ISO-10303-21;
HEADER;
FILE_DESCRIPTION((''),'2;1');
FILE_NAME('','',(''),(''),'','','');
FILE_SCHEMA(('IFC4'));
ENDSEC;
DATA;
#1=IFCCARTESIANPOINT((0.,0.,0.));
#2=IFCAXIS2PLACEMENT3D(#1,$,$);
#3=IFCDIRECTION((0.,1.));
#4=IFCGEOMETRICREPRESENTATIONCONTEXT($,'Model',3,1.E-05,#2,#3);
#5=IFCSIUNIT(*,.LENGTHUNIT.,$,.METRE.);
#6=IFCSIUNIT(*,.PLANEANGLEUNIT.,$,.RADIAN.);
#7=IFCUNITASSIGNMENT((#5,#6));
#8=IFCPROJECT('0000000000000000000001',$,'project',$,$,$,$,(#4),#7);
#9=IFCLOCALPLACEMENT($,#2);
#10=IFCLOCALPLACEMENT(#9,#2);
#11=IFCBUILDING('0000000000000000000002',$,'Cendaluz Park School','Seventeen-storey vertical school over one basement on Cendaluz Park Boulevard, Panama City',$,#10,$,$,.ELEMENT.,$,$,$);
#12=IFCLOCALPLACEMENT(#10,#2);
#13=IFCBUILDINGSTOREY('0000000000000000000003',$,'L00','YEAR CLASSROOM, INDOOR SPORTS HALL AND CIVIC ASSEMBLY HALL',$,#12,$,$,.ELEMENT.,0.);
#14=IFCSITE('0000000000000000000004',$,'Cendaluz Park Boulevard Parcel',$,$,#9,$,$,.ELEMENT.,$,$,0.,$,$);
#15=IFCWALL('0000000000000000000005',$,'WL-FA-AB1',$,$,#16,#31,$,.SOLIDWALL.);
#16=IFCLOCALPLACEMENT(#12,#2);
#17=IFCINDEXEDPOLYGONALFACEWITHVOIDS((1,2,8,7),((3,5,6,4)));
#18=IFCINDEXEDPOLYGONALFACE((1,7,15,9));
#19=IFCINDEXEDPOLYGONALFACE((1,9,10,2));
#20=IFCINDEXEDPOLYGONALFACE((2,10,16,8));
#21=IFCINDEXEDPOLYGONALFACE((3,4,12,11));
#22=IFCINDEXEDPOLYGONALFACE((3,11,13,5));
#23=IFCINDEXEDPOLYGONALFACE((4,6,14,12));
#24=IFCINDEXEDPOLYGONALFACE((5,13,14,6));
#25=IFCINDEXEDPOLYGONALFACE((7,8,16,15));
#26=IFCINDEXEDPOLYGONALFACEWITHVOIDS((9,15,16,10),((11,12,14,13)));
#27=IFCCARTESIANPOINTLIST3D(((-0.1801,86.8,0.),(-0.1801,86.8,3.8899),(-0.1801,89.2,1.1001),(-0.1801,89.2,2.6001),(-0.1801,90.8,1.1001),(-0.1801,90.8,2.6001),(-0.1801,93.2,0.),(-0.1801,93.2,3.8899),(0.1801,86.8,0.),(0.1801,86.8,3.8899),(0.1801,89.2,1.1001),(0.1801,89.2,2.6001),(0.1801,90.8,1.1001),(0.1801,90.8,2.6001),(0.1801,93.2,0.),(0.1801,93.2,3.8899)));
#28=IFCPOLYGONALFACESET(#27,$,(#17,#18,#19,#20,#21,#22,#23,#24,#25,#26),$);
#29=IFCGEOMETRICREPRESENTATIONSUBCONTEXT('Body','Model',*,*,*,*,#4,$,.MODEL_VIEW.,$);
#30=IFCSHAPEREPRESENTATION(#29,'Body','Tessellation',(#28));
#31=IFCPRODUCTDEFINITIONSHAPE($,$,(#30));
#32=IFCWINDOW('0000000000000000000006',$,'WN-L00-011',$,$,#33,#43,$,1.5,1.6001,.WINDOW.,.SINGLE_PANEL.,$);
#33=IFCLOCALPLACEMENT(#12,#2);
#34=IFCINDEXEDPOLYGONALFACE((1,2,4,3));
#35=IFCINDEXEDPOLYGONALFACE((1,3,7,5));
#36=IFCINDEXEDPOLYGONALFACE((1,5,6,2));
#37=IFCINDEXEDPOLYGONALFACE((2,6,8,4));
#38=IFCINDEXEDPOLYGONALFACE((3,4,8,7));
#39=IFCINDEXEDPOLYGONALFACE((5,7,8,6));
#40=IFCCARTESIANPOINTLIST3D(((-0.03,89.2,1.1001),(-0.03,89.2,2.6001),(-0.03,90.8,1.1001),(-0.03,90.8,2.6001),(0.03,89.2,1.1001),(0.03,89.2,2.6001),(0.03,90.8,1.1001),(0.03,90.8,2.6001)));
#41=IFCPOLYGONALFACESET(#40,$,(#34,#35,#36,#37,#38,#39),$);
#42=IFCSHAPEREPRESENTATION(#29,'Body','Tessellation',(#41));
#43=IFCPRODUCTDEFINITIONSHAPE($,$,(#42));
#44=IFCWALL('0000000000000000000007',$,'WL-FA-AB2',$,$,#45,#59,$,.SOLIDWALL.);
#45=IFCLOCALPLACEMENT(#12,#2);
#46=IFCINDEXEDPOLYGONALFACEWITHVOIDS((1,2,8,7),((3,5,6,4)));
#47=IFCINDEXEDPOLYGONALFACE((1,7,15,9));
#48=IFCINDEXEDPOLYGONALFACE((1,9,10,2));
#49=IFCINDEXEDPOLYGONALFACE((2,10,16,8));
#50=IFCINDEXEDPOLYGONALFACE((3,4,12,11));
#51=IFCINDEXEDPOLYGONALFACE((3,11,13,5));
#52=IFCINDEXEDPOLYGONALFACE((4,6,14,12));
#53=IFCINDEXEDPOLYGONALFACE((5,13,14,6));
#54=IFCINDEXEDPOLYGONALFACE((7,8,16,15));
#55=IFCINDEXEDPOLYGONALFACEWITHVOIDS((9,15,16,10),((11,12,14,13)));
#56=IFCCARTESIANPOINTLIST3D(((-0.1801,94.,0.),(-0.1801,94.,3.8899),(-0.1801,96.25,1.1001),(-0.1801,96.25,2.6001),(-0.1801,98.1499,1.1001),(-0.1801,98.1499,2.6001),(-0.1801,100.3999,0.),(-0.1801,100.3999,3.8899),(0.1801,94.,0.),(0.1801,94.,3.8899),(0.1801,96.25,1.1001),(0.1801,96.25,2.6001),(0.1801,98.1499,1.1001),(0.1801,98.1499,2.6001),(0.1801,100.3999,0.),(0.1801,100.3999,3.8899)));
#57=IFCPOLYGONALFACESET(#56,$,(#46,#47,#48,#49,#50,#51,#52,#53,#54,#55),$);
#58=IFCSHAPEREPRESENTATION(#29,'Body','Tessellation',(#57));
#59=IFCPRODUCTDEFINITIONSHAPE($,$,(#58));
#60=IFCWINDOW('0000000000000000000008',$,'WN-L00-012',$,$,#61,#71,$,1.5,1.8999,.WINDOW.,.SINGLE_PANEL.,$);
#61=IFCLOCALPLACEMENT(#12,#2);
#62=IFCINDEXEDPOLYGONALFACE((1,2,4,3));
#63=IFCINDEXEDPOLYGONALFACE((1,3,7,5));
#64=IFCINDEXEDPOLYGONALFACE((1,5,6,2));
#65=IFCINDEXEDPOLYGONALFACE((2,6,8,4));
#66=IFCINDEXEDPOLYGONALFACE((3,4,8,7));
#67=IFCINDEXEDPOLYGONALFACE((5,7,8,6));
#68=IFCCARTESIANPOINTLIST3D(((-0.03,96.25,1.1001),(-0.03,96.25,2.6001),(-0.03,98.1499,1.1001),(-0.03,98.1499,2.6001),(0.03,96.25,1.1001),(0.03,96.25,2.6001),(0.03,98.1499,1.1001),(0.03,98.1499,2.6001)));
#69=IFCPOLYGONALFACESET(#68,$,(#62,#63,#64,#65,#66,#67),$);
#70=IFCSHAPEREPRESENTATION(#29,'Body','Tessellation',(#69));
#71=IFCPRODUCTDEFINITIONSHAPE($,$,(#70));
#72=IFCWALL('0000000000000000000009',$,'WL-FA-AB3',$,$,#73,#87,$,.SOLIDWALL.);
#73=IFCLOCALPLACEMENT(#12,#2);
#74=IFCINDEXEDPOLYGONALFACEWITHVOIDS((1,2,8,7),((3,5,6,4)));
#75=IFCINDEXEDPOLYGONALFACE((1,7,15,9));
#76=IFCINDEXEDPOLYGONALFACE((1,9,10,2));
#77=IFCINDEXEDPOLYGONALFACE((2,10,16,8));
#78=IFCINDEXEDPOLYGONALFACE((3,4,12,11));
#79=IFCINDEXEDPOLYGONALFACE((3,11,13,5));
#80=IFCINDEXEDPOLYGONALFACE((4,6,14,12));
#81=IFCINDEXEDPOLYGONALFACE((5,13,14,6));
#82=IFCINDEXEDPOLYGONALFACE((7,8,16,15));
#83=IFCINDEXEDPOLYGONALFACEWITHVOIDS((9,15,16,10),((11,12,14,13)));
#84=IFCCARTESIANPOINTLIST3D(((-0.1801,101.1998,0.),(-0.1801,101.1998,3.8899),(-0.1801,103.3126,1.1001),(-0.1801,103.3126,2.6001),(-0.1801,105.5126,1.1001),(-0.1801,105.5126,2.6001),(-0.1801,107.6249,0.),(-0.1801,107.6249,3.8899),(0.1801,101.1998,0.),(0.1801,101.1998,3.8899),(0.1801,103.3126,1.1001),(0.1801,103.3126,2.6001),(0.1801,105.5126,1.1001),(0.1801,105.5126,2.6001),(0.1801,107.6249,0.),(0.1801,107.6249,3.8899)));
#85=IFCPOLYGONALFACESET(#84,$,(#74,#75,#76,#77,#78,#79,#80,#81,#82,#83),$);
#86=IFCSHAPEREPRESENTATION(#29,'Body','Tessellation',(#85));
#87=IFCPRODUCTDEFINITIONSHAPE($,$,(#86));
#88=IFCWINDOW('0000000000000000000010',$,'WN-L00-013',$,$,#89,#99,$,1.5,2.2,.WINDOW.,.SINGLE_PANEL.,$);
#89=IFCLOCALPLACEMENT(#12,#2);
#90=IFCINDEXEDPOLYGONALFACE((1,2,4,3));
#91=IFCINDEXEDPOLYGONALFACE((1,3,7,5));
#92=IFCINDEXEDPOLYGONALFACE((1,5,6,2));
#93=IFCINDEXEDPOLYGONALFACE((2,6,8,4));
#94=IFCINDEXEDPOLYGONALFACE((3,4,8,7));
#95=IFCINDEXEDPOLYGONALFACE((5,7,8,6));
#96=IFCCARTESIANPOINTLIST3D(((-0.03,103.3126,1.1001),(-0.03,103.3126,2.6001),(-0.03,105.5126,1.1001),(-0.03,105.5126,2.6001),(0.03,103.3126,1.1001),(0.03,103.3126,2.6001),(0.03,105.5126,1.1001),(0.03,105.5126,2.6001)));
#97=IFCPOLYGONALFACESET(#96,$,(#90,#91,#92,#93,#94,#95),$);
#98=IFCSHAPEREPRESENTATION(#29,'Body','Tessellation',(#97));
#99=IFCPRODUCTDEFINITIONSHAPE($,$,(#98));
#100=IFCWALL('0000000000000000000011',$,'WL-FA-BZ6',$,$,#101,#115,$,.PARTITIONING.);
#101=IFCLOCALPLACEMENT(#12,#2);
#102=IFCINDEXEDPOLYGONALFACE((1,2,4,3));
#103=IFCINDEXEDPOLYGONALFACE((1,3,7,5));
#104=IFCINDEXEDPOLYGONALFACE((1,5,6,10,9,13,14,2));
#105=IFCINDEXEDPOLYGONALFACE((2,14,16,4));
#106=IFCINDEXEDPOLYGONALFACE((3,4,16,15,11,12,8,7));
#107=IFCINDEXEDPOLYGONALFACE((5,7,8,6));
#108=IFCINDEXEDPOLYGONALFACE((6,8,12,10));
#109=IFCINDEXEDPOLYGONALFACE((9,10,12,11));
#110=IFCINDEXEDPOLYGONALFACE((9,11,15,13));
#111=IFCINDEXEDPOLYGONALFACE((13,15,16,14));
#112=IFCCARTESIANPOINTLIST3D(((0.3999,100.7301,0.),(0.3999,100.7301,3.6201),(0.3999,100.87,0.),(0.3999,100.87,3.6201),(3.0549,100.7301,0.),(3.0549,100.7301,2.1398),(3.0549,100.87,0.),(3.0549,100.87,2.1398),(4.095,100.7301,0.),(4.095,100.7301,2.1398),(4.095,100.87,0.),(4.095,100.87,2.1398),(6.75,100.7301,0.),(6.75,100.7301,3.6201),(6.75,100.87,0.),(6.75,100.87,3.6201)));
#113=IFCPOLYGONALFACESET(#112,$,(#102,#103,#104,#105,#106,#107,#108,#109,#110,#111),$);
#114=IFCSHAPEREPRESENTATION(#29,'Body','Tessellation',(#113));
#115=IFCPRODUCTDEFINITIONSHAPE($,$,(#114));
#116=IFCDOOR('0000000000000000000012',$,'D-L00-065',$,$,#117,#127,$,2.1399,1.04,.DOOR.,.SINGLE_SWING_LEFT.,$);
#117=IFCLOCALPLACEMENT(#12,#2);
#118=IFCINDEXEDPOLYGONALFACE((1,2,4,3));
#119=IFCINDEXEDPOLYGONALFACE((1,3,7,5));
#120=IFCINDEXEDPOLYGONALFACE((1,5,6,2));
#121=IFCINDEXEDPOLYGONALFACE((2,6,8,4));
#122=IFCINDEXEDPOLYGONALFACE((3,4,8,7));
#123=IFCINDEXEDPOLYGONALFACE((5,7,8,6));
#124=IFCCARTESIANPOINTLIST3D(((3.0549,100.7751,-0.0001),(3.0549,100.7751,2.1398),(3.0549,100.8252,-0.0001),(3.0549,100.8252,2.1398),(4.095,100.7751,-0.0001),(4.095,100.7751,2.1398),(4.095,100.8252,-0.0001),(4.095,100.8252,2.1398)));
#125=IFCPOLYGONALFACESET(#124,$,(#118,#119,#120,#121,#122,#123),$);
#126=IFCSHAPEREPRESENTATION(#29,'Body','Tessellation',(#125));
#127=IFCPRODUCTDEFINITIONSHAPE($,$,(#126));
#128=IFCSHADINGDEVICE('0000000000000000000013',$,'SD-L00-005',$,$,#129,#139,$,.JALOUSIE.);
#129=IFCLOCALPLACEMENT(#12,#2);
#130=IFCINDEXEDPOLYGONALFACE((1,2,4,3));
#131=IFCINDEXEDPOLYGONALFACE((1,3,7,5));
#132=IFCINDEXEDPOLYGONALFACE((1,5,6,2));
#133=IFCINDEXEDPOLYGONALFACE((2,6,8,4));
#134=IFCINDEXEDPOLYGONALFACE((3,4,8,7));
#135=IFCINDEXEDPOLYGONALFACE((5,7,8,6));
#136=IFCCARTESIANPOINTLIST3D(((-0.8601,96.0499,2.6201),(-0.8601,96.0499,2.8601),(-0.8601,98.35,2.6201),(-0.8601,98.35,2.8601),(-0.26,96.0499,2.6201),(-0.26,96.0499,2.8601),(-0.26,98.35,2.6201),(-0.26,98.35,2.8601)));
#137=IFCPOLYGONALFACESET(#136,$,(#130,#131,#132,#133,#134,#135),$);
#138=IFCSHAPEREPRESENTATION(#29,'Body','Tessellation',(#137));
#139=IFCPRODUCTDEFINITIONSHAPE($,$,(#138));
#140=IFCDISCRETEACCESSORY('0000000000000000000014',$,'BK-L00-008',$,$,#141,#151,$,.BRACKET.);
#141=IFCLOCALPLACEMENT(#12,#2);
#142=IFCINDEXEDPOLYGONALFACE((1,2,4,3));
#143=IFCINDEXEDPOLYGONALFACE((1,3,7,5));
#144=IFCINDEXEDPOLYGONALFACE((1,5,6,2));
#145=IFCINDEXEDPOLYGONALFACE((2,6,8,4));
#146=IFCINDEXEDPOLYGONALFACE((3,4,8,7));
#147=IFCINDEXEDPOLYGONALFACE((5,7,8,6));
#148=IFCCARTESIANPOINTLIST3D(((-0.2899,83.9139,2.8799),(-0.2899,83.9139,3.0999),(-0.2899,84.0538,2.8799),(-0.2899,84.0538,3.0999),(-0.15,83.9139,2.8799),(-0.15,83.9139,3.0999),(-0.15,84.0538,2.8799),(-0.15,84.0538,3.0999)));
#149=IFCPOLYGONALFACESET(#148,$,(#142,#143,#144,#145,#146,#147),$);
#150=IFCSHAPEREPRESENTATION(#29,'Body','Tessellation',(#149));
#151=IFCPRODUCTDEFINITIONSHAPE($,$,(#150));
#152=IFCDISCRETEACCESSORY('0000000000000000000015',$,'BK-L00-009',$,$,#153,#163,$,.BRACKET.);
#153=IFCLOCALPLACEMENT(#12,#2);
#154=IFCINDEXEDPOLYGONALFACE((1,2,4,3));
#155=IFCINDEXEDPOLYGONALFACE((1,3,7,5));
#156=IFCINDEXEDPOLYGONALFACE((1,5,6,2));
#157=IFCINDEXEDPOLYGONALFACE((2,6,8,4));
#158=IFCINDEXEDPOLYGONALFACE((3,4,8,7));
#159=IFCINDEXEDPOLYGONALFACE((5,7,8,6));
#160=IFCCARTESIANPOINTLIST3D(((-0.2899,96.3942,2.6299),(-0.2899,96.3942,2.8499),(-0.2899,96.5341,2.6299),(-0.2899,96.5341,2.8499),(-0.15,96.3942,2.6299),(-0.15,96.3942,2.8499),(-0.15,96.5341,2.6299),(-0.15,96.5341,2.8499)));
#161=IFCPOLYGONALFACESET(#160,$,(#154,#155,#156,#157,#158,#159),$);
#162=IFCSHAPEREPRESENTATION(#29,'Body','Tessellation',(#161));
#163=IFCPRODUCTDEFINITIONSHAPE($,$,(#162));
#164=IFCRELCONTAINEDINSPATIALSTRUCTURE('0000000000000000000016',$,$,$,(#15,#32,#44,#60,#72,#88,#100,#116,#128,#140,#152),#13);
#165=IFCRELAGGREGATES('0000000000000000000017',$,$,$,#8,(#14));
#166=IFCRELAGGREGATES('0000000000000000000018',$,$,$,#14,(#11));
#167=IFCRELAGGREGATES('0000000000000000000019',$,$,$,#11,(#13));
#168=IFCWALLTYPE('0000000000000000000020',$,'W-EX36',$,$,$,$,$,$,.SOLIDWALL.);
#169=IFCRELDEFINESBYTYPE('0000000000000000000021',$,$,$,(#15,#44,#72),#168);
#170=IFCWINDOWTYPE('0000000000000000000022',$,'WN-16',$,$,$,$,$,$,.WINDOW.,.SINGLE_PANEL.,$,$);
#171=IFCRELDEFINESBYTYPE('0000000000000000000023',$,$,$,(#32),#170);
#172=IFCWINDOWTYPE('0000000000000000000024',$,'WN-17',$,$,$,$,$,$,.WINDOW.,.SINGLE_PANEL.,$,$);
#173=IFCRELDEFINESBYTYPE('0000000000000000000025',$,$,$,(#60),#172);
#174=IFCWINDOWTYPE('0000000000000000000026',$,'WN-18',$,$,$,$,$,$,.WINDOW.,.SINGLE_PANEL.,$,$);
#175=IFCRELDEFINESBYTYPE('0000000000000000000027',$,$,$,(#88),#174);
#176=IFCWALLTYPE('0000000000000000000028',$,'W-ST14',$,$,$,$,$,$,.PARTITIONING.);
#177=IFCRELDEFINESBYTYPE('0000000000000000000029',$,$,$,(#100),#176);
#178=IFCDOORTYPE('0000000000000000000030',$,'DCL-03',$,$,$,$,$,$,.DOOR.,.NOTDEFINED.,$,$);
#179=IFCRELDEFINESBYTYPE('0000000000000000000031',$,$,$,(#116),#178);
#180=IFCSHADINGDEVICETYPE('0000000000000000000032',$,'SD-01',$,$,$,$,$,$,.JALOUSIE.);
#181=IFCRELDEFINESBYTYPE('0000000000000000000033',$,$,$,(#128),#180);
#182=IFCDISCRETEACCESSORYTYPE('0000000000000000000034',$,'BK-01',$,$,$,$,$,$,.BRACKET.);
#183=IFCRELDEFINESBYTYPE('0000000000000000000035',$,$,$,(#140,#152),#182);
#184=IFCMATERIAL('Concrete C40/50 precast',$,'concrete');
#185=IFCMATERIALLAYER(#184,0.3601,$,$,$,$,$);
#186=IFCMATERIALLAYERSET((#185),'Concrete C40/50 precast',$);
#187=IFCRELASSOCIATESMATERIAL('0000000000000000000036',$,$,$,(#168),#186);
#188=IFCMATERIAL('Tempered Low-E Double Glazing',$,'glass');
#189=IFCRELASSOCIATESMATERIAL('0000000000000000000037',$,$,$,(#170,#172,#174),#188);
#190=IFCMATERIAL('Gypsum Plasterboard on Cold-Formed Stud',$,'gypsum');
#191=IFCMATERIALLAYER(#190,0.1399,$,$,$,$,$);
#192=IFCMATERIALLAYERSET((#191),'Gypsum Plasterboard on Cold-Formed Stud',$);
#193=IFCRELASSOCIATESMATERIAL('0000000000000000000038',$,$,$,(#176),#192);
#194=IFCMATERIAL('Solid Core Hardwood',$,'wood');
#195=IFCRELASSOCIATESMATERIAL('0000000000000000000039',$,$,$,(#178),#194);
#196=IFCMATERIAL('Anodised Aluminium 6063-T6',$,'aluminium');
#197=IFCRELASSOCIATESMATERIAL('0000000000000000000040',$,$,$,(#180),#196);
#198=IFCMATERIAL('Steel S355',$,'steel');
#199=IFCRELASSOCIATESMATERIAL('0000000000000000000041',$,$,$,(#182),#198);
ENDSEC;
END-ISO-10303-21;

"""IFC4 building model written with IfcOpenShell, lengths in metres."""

from ifc_helpers import new_model, si_unit, direction, frame, frame_2d, origin, origin_2d, place, context, subcontext, project, spatial, rectangle, extrude, material, layer, layer_set, type_object, element, fill, save


model = new_model("IFC4")

# Units and contexts
model_context = context("Model", 3, precision=1e-05, world=origin(), true_north=direction((0.0, 1.0)))
body_context = subcontext(model_context, "Body", "Model", "MODEL_VIEW")
ifc_project = project(units=[si_unit("LENGTHUNIT", "METRE"), si_unit("PLANEANGLEUNIT", "RADIAN")], contexts=[model_context])

# Site, building, storey
site_placement = place(None, origin())
site = spatial("IfcSite", under=ifc_project, at=site_placement, Name="Cendaluz Park Boulevard Parcel", CompositionType="ELEMENT", RefElevation=0.0)
building_placement = place(site_placement, origin())
building = spatial("IfcBuilding", under=site, at=building_placement, Name="Cendaluz Park School", Description="Seventeen-storey vertical school over one basement on Cendaluz Park Boulevard, Panama City", CompositionType="ELEMENT")
storey_placement = place(building_placement, origin())
storey = spatial("IfcBuildingStorey", under=building, at=storey_placement, Name="L00", Description="YEAR CLASSROOM, INDOOR SPORTS HALL AND CIVIC ASSEMBLY HALL", CompositionType="ELEMENT", Elevation=0.0)

# Shared definitions
ifc_material_1 = material(Name="Gypsum Plasterboard on Cold-Formed Stud", Category="gypsum")

# Walls, openings, windows
ifc_material_2 = material(Name="Concrete C40/50 precast", Category="concrete")
ifc_layer_1 = layer(ifc_material_2, 0.3601)
ifc_layer_set_1 = layer_set([ifc_layer_1], Name="Concrete C40/50 precast")
wall_type_1 = type_object("IfcWallType", Name="W-EX36", PredefinedType="SOLIDWALL", material=ifc_layer_set_1)
wall_1_placement = place(storey_placement, frame((0.0, 86.8, 0.0), z_axis=(0.0, 0.0, 1.0), x_axis=(0.0, 1.0, 0.0)))
wall_1 = element("IfcWall", 1, at=wall_1_placement, inside=storey, type_object=wall_type_1, Name="WL-FA-AB1", PredefinedType="SOLIDWALL", context=body_context, shape_type="SweptSolid", body=[
    extrude(rectangle(XDim=6.3999, YDim=0.3601, at=frame_2d((3.2, 0.0))), origin(), (0.0, 0.0, 1.0), 3.8899),
])
opening_1_placement = place(wall_1_placement, frame((2.3999, 0.0, 1.1001)))
opening_1 = element("IfcOpeningElement", 2, at=opening_1_placement, cuts=wall_1, PredefinedType="OPENING", context=body_context, shape_type="SweptSolid", body=[
    extrude(rectangle(XDim=1.6001, YDim=1.5, at=frame_2d((0.8, 0.75))), frame((0.0, 0.1921, 0.0), z_axis=(0.0, -1.0, 0.0), x_axis=(1.0, 0.0, 0.0)), (0.0, 0.0, 1.0), 0.384),
])
ifc_material_3 = material(Name="Tempered Low-E Double Glazing", Category="glass")
window_type_1 = type_object("IfcWindowType", Name="WN-16", PartitioningType="SINGLE_PANEL", PredefinedType="WINDOW", material=ifc_material_3)
window_1_placement = place(opening_1_placement, origin())
window_1 = element("IfcWindow", 3, at=window_1_placement, inside=storey, type_object=window_type_1, Name="WN-L00-011", OverallHeight=1.5, OverallWidth=1.6001, PartitioningType="SINGLE_PANEL", PredefinedType="WINDOW", context=body_context, shape_type="SweptSolid", body=[
    extrude(rectangle(XDim=1.6001, YDim=1.5, at=frame_2d((0.8, 0.75))), frame((0.0, 0.03, 0.0), z_axis=(0.0, -1.0, 0.0), x_axis=(1.0, 0.0, 0.0)), (0.0, 0.0, 1.0), 0.0601),
])
fill(opening_1, window_1)
wall_2_placement = place(storey_placement, frame((0.0, 94.0, 0.0), z_axis=(0.0, 0.0, 1.0), x_axis=(0.0, 1.0, 0.0)))
wall_2 = element("IfcWall", 4, at=wall_2_placement, inside=storey, type_object=wall_type_1, Name="WL-FA-AB2", PredefinedType="SOLIDWALL", context=body_context, shape_type="SweptSolid", body=[
    extrude(rectangle(XDim=6.3999, YDim=0.3601, at=frame_2d((3.2, 0.0))), origin(), (0.0, 0.0, 1.0), 3.8899),
])
opening_2_placement = place(wall_2_placement, frame((2.25, 0.0, 1.1001)))
opening_2 = element("IfcOpeningElement", 5, at=opening_2_placement, cuts=wall_2, PredefinedType="OPENING", context=body_context, shape_type="SweptSolid", body=[
    extrude(rectangle(XDim=1.8999, YDim=1.5, at=frame_2d((0.95, 0.75))), frame((0.0, 0.1921, 0.0), z_axis=(0.0, -1.0, 0.0), x_axis=(1.0, 0.0, 0.0)), (0.0, 0.0, 1.0), 0.384),
])
window_type_2 = type_object("IfcWindowType", Name="WN-17", PartitioningType="SINGLE_PANEL", PredefinedType="WINDOW", material=ifc_material_3)
window_2_placement = place(opening_2_placement, origin())
window_2 = element("IfcWindow", 6, at=window_2_placement, inside=storey, type_object=window_type_2, Name="WN-L00-012", OverallHeight=1.5, OverallWidth=1.8999, PartitioningType="SINGLE_PANEL", PredefinedType="WINDOW", context=body_context, shape_type="SweptSolid", body=[
    extrude(rectangle(XDim=1.8999, YDim=1.5, at=frame_2d((0.95, 0.75))), frame((0.0, 0.03, 0.0), z_axis=(0.0, -1.0, 0.0), x_axis=(1.0, 0.0, 0.0)), (0.0, 0.0, 1.0), 0.0601),
])
fill(opening_2, window_2)
wall_3_placement = place(storey_placement, frame((0.0, 101.2, 0.0), z_axis=(0.0, 0.0, 1.0), x_axis=(0.0, 1.0, 0.0)))
wall_3 = element("IfcWall", 7, at=wall_3_placement, inside=storey, type_object=wall_type_1, Name="WL-FA-AB3", PredefinedType="SOLIDWALL", context=body_context, shape_type="SweptSolid", body=[
    extrude(rectangle(XDim=6.425, YDim=0.3601, at=frame_2d((3.2124, 0.0))), origin(), (0.0, 0.0, 1.0), 3.8899),
])
opening_3_placement = place(wall_3_placement, frame((2.1125, 0.0, 1.1001)))
opening_3 = element("IfcOpeningElement", 8, at=opening_3_placement, cuts=wall_3, PredefinedType="OPENING", context=body_context, shape_type="SweptSolid", body=[
    extrude(rectangle(XDim=2.2, YDim=1.5, at=frame_2d((1.1001, 0.75))), frame((0.0, 0.1921, 0.0), z_axis=(0.0, -1.0, 0.0), x_axis=(1.0, 0.0, 0.0)), (0.0, 0.0, 1.0), 0.384),
])
window_type_3 = type_object("IfcWindowType", Name="WN-18", PartitioningType="SINGLE_PANEL", PredefinedType="WINDOW", material=ifc_material_3)
window_3_placement = place(opening_3_placement, origin())
window_3 = element("IfcWindow", 9, at=window_3_placement, inside=storey, type_object=window_type_3, Name="WN-L00-013", OverallHeight=1.5, OverallWidth=2.2, PartitioningType="SINGLE_PANEL", PredefinedType="WINDOW", context=body_context, shape_type="SweptSolid", body=[
    extrude(rectangle(XDim=2.2, YDim=1.5, at=frame_2d((1.1001, 0.75))), frame((0.0, 0.03, 0.0), z_axis=(0.0, -1.0, 0.0), x_axis=(1.0, 0.0, 0.0)), (0.0, 0.0, 1.0), 0.0601),
])
fill(opening_3, window_3)

# Wall, opening, door
ifc_layer_2 = layer(ifc_material_1, 0.1399)
ifc_layer_set_2 = layer_set([ifc_layer_2], Name="Gypsum Plasterboard on Cold-Formed Stud")
wall_type_2 = type_object("IfcWallType", Name="W-ST14", PredefinedType="PARTITIONING", material=ifc_layer_set_2)
wall_4_placement = place(storey_placement, frame((0.3999, 100.8, 0.0), z_axis=(0.0, 0.0, 1.0), x_axis=(1.0, 0.0, 0.0)))
wall_4 = element("IfcWall", 10, at=wall_4_placement, inside=storey, type_object=wall_type_2, Name="WL-FA-BZ6", PredefinedType="PARTITIONING", context=body_context, shape_type="SweptSolid", body=[
    extrude(rectangle(XDim=6.3501, YDim=0.1399, at=frame_2d((3.175, 0.0))), origin(), (0.0, 0.0, 1.0), 3.6201),
])
opening_4_placement = place(wall_4_placement, frame((2.655, 0.0, 0.0)))
opening_4 = element("IfcOpeningElement", 11, at=opening_4_placement, cuts=wall_4, PredefinedType="OPENING", context=body_context, shape_type="SweptSolid", body=[
    extrude(rectangle(XDim=1.04, YDim=2.1399, at=frame_2d((0.52, 1.0698))), frame((0.0, 0.082, 0.0), z_axis=(0.0, -1.0, 0.0), x_axis=(1.0, 0.0, 0.0)), (0.0, 0.0, 1.0), 0.1638),
])
ifc_material_4 = material(Name="Solid Core Hardwood", Category="wood")
door_type = type_object("IfcDoorType", Name="DCL-03", OperationType="NOTDEFINED", PredefinedType="DOOR", material=ifc_material_4)
door_placement = place(opening_4_placement, frame((1.04, 0.0, 0.0), z_axis=(0.0, 0.0, 1.0), x_axis=(-1.0, 0.0, 0.0)))
door = element("IfcDoor", 12, at=door_placement, inside=storey, type_object=door_type, Name="D-L00-065", OperationType="SINGLE_SWING_LEFT", OverallHeight=2.1399, OverallWidth=1.04, PredefinedType="DOOR", context=body_context, shape_type="SweptSolid", body=[
    extrude(rectangle(XDim=1.04, YDim=2.1399, at=frame_2d((0.52, 1.0698))), frame((0.0, 0.0249, 0.0), z_axis=(0.0, -1.0, 0.0), x_axis=(1.0, 0.0, 0.0)), (0.0, 0.0, 1.0), 0.05),
])
fill(opening_4, door)

# Shading device
ifc_material_5 = material(Name="Anodised Aluminium 6063-T6", Category="aluminium")
shading_device_type = type_object("IfcShadingDeviceType", Name="SD-01", PredefinedType="JALOUSIE", material=ifc_material_5)
shading_device_placement = place(storey_placement, frame((-0.5601, 97.2, 2.6201), z_axis=(0.0, 0.0, 1.0), x_axis=(0.0, 1.0, 0.0)))
element("IfcShadingDevice", 13, at=shading_device_placement, inside=storey, type_object=shading_device_type, Name="SD-L00-005", PredefinedType="JALOUSIE", context=body_context, shape_type="SweptSolid", body=[
    extrude(rectangle(XDim=2.3, YDim=0.6001, at=origin_2d()), origin(), (0.0, 0.0, 1.0), 0.24),
])

# Discrete accessories
ifc_material_6 = material(Name="Steel S355", Category="steel")
discrete_accessory_type = type_object("IfcDiscreteAccessoryType", Name="BK-01", PredefinedType="BRACKET", material=ifc_material_6)
for number, where, z_axis, x_axis, name in (
    (14, (-0.22, 83.9839, 2.8799), (0.0, 0.0, 1.0), (0.0, 1.0, 0.0), "BK-L00-008"),
    (15, (-0.22, 96.4641, 2.6299), (0.0, 0.0, 1.0), (0.0, 1.0, 0.0), "BK-L00-009"),
):
    element("IfcDiscreteAccessory", number, at=place(storey_placement, frame(where, z_axis=z_axis, x_axis=x_axis)), inside=storey, type_object=discrete_accessory_type, Name=name, PredefinedType="BRACKET", context=body_context, shape_type="SweptSolid", body=[
        extrude(rectangle(XDim=0.1399, YDim=0.1399, at=origin_2d()), origin(), (0.0, 0.0, 1.0), 0.22),
    ])

save(model, "model.ifc")
